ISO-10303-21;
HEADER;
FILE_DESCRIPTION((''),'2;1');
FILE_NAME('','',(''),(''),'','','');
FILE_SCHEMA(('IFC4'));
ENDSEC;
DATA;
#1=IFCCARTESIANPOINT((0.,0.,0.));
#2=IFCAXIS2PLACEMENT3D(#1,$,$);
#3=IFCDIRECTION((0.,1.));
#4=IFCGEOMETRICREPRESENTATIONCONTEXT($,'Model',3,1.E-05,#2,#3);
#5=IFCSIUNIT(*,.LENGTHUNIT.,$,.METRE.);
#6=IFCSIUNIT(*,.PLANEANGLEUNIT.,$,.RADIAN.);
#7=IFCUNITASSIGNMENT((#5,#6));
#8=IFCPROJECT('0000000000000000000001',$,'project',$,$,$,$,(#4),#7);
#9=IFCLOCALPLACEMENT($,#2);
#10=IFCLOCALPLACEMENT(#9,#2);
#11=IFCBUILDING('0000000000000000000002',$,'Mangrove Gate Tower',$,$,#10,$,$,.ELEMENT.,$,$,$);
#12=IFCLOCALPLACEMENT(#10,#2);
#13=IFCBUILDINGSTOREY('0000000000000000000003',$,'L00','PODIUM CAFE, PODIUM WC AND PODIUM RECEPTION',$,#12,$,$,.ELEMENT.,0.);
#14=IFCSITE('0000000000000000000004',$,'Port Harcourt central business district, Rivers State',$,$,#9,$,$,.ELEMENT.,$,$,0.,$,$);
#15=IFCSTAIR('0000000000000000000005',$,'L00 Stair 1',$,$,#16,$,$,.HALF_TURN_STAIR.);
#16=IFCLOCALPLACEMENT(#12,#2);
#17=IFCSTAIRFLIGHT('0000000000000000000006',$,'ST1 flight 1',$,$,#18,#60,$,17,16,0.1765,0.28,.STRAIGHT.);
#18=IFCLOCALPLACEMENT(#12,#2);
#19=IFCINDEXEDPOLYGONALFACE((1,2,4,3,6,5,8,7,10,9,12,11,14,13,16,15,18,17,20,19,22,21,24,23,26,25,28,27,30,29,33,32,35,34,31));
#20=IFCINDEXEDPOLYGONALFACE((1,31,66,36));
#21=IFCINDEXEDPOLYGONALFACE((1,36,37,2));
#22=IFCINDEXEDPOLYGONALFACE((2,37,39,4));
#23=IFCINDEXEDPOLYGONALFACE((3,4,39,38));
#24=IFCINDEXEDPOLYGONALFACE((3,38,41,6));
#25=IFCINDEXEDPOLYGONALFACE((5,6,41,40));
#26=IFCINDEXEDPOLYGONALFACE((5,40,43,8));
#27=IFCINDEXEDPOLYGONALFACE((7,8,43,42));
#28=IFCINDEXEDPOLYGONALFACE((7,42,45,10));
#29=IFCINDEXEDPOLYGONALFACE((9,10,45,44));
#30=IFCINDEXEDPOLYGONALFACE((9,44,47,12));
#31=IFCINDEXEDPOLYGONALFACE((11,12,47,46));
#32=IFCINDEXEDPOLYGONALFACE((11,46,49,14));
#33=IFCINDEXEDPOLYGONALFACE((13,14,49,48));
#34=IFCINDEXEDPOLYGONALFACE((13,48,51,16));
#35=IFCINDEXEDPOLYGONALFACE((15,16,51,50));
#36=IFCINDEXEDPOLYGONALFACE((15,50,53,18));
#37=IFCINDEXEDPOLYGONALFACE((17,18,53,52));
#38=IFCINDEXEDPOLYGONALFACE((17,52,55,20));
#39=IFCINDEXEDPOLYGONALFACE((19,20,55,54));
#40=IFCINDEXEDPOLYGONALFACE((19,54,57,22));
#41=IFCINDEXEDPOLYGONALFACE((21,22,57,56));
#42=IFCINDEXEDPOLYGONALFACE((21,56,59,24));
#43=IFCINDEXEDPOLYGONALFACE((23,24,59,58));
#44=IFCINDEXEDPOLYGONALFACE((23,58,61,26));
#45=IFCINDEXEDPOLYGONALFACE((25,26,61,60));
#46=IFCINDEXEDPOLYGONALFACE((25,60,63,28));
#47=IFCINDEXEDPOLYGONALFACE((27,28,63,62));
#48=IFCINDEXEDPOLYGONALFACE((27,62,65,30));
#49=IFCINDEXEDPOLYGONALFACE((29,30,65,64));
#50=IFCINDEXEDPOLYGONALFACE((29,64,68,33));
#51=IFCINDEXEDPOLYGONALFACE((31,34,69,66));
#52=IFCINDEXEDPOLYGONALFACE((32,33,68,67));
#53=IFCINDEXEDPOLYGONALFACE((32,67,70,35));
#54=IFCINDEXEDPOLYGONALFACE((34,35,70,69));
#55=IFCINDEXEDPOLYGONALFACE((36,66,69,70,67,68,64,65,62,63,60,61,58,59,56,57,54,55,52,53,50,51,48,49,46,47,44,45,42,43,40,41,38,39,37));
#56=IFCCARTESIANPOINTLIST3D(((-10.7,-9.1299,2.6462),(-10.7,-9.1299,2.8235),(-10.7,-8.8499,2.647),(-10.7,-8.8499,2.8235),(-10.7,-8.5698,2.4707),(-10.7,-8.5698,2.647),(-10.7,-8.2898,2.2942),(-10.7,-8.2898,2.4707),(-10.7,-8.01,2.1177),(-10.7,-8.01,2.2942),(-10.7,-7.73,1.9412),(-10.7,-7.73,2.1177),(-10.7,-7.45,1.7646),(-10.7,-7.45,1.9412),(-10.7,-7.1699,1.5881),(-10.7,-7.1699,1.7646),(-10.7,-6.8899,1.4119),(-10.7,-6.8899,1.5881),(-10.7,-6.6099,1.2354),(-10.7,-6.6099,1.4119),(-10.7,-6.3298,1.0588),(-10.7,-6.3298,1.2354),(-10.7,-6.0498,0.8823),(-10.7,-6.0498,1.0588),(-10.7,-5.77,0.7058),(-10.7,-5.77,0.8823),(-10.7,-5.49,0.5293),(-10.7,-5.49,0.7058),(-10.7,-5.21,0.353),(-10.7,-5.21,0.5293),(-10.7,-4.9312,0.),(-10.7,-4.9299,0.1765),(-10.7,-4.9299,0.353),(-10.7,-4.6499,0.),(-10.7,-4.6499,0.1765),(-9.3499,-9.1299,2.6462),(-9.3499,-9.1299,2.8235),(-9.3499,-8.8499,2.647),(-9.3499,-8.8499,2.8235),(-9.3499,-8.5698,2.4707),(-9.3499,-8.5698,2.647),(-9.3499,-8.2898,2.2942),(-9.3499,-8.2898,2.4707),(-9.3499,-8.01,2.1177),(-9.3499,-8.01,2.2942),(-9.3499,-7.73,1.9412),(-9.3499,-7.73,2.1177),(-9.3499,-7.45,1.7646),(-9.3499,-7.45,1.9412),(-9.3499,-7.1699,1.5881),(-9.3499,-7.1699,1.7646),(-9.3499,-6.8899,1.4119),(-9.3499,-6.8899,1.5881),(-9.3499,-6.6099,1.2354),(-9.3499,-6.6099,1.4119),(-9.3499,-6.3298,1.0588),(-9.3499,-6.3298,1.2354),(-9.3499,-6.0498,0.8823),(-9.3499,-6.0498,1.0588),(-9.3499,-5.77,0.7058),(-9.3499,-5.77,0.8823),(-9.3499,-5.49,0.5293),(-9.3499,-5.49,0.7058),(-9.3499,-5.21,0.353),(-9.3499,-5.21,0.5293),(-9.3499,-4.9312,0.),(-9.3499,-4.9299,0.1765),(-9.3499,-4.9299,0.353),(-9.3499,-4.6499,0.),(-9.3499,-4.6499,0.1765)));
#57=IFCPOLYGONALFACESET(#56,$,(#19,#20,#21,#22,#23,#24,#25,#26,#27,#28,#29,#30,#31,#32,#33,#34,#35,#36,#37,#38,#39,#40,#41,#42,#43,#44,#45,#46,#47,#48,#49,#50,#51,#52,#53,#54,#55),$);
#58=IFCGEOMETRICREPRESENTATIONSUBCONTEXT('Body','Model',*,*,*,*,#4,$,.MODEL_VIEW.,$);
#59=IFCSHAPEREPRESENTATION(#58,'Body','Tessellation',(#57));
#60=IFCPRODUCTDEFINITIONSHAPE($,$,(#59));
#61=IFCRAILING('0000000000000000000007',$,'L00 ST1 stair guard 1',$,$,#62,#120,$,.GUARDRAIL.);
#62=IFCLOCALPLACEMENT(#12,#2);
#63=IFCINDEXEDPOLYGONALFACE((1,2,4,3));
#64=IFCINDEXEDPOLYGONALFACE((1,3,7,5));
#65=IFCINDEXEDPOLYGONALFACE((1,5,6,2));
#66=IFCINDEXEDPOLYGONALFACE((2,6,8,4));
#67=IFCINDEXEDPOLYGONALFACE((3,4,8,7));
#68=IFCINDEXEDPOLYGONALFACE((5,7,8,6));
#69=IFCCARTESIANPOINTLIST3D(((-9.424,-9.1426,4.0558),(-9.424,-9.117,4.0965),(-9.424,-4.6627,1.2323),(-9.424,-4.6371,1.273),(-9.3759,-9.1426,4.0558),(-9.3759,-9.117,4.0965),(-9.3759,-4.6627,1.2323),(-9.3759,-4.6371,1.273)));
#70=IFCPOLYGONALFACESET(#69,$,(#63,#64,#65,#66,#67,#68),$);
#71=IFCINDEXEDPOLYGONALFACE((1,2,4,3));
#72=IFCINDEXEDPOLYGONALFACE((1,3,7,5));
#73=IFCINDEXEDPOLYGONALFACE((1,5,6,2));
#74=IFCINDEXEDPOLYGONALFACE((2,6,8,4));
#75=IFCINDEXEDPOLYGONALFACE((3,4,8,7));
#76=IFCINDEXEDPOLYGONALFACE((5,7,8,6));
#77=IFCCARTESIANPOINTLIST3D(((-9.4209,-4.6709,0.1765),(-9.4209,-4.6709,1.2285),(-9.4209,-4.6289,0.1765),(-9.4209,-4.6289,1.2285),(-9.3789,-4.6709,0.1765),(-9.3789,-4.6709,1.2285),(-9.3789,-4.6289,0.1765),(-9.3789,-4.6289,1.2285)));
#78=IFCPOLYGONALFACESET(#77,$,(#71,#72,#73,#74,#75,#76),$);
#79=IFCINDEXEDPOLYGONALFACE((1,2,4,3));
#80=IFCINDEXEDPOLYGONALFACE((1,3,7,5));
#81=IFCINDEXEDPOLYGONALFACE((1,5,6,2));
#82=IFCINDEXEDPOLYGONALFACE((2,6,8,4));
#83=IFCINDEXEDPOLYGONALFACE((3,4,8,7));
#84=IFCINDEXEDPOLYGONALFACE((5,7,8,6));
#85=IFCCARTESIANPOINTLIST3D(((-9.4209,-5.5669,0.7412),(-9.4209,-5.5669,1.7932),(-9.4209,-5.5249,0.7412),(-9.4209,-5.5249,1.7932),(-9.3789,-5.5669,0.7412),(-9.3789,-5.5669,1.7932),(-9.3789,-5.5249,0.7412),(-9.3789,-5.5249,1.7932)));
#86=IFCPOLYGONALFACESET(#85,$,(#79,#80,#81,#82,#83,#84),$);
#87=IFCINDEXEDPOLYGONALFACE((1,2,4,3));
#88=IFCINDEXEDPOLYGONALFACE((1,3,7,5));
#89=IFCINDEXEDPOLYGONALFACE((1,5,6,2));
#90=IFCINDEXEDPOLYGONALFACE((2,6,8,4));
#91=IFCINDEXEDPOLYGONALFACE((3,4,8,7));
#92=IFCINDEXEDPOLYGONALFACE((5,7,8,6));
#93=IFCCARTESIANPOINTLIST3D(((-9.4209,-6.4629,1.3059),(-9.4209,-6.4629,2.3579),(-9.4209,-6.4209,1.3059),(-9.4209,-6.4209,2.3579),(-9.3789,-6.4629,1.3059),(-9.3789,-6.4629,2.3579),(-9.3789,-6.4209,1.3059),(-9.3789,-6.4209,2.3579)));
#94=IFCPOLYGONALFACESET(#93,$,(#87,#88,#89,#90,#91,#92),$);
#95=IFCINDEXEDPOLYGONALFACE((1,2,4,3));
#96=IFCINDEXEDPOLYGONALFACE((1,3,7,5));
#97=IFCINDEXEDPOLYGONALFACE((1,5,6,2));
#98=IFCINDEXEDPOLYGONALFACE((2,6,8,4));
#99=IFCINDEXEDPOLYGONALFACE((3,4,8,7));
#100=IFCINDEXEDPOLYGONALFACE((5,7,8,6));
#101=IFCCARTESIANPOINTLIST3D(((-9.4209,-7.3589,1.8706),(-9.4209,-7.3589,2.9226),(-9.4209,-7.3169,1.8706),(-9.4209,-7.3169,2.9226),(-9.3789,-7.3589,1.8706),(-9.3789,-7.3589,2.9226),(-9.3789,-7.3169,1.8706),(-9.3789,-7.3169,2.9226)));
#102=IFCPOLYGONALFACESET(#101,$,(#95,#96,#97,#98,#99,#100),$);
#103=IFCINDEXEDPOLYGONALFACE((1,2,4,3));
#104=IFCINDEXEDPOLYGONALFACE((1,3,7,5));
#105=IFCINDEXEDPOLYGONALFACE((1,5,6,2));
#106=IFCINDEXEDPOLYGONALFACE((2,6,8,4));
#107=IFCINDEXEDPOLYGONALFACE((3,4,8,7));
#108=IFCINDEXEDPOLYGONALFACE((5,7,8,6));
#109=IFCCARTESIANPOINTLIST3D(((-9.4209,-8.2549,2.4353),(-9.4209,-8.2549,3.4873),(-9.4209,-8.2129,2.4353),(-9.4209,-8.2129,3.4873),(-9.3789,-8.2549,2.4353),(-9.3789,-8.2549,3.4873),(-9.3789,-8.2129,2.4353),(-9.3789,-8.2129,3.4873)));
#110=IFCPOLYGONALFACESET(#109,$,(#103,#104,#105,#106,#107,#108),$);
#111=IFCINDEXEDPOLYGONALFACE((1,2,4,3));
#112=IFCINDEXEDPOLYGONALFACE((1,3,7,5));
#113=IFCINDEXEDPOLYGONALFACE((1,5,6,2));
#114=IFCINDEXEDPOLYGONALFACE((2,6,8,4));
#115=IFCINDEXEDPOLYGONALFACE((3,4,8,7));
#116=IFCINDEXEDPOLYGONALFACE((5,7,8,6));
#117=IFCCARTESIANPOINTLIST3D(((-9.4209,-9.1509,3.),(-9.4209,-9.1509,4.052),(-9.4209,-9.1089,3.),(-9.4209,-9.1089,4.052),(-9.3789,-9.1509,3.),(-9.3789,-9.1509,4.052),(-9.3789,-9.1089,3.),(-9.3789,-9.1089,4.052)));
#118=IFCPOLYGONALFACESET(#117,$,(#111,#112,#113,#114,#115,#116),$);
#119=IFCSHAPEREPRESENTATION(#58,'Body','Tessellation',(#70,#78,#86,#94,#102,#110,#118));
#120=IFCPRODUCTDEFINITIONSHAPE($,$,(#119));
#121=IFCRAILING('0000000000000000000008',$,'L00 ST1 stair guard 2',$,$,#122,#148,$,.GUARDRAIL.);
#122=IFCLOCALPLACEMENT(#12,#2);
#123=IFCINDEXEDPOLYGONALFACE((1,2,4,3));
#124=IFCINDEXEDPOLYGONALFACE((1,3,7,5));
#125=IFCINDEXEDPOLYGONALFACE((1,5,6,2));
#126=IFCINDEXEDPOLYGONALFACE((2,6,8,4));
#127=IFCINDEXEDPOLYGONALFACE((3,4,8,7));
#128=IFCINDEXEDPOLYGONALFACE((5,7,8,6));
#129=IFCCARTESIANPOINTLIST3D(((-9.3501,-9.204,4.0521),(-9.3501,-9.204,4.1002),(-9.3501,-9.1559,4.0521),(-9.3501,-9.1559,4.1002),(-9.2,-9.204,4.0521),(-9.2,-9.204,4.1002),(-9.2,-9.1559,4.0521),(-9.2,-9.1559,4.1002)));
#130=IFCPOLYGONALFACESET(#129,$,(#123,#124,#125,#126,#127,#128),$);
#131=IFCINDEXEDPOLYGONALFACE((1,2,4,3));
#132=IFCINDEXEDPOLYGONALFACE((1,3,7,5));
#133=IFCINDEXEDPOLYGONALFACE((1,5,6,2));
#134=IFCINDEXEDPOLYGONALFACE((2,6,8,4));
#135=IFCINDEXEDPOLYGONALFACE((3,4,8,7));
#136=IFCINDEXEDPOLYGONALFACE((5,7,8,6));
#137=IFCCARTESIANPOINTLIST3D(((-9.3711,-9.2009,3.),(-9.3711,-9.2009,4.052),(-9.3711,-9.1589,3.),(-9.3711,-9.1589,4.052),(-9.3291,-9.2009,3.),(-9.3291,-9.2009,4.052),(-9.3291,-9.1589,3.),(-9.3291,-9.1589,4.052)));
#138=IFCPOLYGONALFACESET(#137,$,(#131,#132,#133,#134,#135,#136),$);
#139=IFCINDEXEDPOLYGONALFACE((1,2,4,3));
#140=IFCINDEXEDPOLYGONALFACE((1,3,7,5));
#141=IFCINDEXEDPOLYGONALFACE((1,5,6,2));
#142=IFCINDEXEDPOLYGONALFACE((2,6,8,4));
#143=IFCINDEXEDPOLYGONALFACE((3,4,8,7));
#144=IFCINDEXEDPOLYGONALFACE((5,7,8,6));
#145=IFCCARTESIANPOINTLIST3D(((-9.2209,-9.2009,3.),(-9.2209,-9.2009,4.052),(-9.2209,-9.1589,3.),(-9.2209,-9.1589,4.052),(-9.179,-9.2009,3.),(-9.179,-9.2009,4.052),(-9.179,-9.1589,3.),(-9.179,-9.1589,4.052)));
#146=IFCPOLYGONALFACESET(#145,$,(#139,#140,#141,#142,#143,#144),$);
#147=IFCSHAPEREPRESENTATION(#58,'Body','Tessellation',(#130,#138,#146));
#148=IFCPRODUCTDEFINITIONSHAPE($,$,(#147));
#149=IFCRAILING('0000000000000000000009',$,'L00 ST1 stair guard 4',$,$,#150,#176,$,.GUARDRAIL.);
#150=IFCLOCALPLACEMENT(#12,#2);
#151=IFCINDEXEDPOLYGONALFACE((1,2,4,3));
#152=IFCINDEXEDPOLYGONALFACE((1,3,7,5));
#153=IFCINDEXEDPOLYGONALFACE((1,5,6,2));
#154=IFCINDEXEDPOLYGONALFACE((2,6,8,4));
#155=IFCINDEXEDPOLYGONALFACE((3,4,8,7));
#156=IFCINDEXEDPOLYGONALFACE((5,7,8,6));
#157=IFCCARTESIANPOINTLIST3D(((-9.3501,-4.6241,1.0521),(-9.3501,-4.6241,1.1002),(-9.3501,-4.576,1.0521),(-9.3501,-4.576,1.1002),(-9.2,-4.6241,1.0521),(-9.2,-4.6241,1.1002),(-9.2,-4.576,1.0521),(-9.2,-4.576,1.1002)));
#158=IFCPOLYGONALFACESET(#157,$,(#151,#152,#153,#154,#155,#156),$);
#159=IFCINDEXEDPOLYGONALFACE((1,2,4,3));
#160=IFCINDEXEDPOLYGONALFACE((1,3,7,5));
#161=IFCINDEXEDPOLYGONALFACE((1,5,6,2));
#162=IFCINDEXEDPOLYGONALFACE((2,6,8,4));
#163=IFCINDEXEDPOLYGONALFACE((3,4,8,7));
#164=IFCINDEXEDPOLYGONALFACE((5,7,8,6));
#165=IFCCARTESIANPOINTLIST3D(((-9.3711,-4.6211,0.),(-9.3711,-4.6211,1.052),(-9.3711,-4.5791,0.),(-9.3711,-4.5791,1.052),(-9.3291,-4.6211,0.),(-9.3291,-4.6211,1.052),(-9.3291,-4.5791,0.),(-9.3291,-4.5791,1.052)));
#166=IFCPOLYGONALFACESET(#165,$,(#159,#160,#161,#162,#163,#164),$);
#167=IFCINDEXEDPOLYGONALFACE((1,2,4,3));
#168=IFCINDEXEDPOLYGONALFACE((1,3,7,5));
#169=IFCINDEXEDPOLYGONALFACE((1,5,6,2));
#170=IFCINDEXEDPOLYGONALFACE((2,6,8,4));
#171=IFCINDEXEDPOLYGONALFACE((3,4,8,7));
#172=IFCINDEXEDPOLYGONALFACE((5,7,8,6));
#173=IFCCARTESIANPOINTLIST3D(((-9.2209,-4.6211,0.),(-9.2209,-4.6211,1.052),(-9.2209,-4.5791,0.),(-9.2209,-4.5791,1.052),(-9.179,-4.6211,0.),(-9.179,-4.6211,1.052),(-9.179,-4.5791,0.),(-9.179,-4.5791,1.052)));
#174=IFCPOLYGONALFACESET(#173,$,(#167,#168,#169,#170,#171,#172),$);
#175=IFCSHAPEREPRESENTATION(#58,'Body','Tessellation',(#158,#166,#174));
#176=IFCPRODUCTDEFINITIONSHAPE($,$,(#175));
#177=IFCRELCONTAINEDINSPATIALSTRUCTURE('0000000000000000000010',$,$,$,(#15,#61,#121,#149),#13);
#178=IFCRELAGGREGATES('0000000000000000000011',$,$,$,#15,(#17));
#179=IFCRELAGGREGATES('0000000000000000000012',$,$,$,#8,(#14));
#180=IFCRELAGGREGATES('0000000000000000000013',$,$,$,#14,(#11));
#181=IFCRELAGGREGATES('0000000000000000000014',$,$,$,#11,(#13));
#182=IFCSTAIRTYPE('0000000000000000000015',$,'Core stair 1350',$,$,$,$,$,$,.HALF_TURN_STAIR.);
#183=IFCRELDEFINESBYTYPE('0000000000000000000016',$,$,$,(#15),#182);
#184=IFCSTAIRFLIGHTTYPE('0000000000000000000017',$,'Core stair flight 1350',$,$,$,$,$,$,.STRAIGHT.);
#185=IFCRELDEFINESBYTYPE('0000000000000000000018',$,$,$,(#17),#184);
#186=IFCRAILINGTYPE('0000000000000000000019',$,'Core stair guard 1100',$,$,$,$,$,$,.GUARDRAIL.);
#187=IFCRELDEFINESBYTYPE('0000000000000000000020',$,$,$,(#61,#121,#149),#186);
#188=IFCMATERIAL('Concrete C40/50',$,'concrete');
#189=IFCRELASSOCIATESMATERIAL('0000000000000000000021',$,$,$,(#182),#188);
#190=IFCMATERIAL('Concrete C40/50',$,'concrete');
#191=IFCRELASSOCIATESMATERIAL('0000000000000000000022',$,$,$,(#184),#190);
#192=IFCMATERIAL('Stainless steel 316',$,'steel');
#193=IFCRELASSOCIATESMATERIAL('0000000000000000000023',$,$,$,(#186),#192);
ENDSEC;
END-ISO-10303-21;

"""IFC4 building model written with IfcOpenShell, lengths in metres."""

from ifc_helpers import new_model, si_unit, direction, frame, origin, origin_2d, place, context, subcontext, project, spatial, polyline, rectangle, outline, extrude, material, type_object, element, aggregate, save


model = new_model("IFC4")

# Units and contexts
model_context = context("Model", 3, precision=1e-05, world=origin(), true_north=direction((0.0, 1.0)))
body_context = subcontext(model_context, "Body", "Model", "MODEL_VIEW")
ifc_project = project(units=[si_unit("LENGTHUNIT", "METRE"), si_unit("PLANEANGLEUNIT", "RADIAN")], contexts=[model_context])

# Site, building, storey
site_placement = place(None, origin())
site = spatial("IfcSite", under=ifc_project, at=site_placement, Name="Port Harcourt central business district, Rivers State", CompositionType="ELEMENT", RefElevation=0.0)
building_placement = place(site_placement, origin())
building = spatial("IfcBuilding", under=site, at=building_placement, Name="Mangrove Gate Tower", CompositionType="ELEMENT")
storey_placement = place(building_placement, origin())
storey = spatial("IfcBuildingStorey", under=building, at=storey_placement, Name="L00", Description="PODIUM CAFE, PODIUM WC AND PODIUM RECEPTION", CompositionType="ELEMENT", Elevation=0.0)

# Stair, stair flight
ifc_material_1 = material(Name="Concrete C40/50", Category="concrete")
stair_type = type_object("IfcStairType", Name="Core stair 1350", PredefinedType="HALF_TURN_STAIR", material=ifc_material_1)
stair_placement = place(storey_placement, origin())
stair = element("IfcStair", 1, at=stair_placement, inside=storey, type_object=stair_type, Name="L00 Stair 1", PredefinedType="HALF_TURN_STAIR")
ifc_material_2 = material(Name="Concrete C40/50", Category="concrete")
stair_flight_type = type_object("IfcStairFlightType", Name="Core stair flight 1350", PredefinedType="STRAIGHT", material=ifc_material_2)
stair_flight_placement = place(storey_placement, frame((-10.0249, -4.6499, 0.0), z_axis=(0.0, 0.0, 1.0), x_axis=(0.0, -1.0, 0.0)))
stair_flight = element("IfcStairFlight", 2, at=stair_flight_placement, type_object=stair_flight_type, Name="ST1 flight 1", NumberOfRisers=17, NumberOfTreads=16, PredefinedType="STRAIGHT", RiserHeight=0.1765, TreadLength=0.28, context=body_context, shape_type="SweptSolid", body=[
    extrude(outline(polyline([(0.0, 0.0), (0.0, 0.1765), (0.28, 0.1765), (0.28, 0.353), (0.5601, 0.353), (0.5601, 0.5293), (0.8401, 0.5293), (0.8401, 0.7058), (1.1201, 0.7058), (1.1201, 0.8823), (1.3999, 0.8823), (1.3999, 1.0588), (1.6799, 1.0588), (1.6799, 1.2354), (1.96, 1.2354), (1.96, 1.4119), (2.24, 1.4119), (2.24, 1.5881), (2.52, 1.5881), (2.52, 1.7646), (2.8, 1.7646), (2.8, 1.9412), (3.0801, 1.9412), (3.0801, 2.1177), (3.3601, 2.1177), (3.3601, 2.2942), (3.6399, 2.2942), (3.6399, 2.4707), (3.9199, 2.4707), (3.9199, 2.647), (4.2, 2.647), (4.2, 2.8235), (4.48, 2.8235), (4.48, 3.0), (4.48, 2.6462), (0.2812, 0.0), (0.0, 0.0)])), frame((0.0, 0.675, 0.0), z_axis=(0.0, -1.0, 0.0), x_axis=(1.0, 0.0, 0.0)), (0.0, 0.0, 1.0), 1.3501),
])
aggregate(stair, [stair_flight])

# Railings
ifc_material_3 = material(Name="Stainless steel 316", Category="steel")
railing_type_1 = type_object("IfcRailingType", Name="Core stair guard 1100", PredefinedType="GUARDRAIL", material=ifc_material_3)
railing_1_placement = place(storey_placement, frame((-9.3999, -4.6499, 0.1765)))
element("IfcRailing", 3, at=railing_1_placement, inside=storey, type_object=railing_type_1, Name="L00 ST1 stair guard 1", PredefinedType="GUARDRAIL", context=body_context, shape_type="SweptSolid", body=[
    extrude(rectangle(XDim=0.0481, YDim=0.0481, at=origin_2d()), frame((0.0, 0.0, 1.0762), z_axis=(0.0, -0.845998, 0.533186), x_axis=(1.0, 0.0, 0.0)), (0.0, 0.0, 1.0), 5.2954),
    extrude(rectangle(XDim=0.042, YDim=0.042, at=origin_2d()), origin(), (0.0, 0.0, 1.0), 1.052),
    extrude(rectangle(XDim=0.042, YDim=0.042, at=origin_2d()), frame((0.0, -0.896, 0.5647)), (0.0, 0.0, 1.0), 1.052),
    extrude(rectangle(XDim=0.042, YDim=0.042, at=origin_2d()), frame((0.0, -1.792, 1.1294)), (0.0, 0.0, 1.0), 1.052),
    extrude(rectangle(XDim=0.042, YDim=0.042, at=origin_2d()), frame((0.0, -2.688, 1.6941)), (0.0, 0.0, 1.0), 1.052),
    extrude(rectangle(XDim=0.042, YDim=0.042, at=origin_2d()), frame((0.0, -3.584, 2.2588)), (0.0, 0.0, 1.0), 1.052),
    extrude(rectangle(XDim=0.042, YDim=0.042, at=origin_2d()), frame((0.0, -4.48, 2.8235)), (0.0, 0.0, 1.0), 1.052),
])
for number, where, name in (
    (4, (-9.3501, -9.1799, 3.0), "L00 ST1 stair guard 2"),
    (5, (-9.3501, -4.6001, 0.0), "L00 ST1 stair guard 4"),
):
    element("IfcRailing", number, at=place(storey_placement, frame(where)), inside=storey, type_object=railing_type_1, Name=name, PredefinedType="GUARDRAIL", context=body_context, shape_type="SweptSolid", body=[
        extrude(rectangle(XDim=0.0481, YDim=0.0481, at=origin_2d()), frame((0.0, 0.0, 1.0762), z_axis=(1.0, 0.0, 0.0), x_axis=(0.0, 1.0, 0.0)), (0.0, 0.0, 1.0), 0.1501),
        extrude(rectangle(XDim=0.042, YDim=0.042, at=origin_2d()), origin(), (0.0, 0.0, 1.0), 1.052),
        extrude(rectangle(XDim=0.042, YDim=0.042, at=origin_2d()), frame((0.1501, 0.0, 0.0)), (0.0, 0.0, 1.0), 1.052),
    ])

save(model, "model.ifc")
